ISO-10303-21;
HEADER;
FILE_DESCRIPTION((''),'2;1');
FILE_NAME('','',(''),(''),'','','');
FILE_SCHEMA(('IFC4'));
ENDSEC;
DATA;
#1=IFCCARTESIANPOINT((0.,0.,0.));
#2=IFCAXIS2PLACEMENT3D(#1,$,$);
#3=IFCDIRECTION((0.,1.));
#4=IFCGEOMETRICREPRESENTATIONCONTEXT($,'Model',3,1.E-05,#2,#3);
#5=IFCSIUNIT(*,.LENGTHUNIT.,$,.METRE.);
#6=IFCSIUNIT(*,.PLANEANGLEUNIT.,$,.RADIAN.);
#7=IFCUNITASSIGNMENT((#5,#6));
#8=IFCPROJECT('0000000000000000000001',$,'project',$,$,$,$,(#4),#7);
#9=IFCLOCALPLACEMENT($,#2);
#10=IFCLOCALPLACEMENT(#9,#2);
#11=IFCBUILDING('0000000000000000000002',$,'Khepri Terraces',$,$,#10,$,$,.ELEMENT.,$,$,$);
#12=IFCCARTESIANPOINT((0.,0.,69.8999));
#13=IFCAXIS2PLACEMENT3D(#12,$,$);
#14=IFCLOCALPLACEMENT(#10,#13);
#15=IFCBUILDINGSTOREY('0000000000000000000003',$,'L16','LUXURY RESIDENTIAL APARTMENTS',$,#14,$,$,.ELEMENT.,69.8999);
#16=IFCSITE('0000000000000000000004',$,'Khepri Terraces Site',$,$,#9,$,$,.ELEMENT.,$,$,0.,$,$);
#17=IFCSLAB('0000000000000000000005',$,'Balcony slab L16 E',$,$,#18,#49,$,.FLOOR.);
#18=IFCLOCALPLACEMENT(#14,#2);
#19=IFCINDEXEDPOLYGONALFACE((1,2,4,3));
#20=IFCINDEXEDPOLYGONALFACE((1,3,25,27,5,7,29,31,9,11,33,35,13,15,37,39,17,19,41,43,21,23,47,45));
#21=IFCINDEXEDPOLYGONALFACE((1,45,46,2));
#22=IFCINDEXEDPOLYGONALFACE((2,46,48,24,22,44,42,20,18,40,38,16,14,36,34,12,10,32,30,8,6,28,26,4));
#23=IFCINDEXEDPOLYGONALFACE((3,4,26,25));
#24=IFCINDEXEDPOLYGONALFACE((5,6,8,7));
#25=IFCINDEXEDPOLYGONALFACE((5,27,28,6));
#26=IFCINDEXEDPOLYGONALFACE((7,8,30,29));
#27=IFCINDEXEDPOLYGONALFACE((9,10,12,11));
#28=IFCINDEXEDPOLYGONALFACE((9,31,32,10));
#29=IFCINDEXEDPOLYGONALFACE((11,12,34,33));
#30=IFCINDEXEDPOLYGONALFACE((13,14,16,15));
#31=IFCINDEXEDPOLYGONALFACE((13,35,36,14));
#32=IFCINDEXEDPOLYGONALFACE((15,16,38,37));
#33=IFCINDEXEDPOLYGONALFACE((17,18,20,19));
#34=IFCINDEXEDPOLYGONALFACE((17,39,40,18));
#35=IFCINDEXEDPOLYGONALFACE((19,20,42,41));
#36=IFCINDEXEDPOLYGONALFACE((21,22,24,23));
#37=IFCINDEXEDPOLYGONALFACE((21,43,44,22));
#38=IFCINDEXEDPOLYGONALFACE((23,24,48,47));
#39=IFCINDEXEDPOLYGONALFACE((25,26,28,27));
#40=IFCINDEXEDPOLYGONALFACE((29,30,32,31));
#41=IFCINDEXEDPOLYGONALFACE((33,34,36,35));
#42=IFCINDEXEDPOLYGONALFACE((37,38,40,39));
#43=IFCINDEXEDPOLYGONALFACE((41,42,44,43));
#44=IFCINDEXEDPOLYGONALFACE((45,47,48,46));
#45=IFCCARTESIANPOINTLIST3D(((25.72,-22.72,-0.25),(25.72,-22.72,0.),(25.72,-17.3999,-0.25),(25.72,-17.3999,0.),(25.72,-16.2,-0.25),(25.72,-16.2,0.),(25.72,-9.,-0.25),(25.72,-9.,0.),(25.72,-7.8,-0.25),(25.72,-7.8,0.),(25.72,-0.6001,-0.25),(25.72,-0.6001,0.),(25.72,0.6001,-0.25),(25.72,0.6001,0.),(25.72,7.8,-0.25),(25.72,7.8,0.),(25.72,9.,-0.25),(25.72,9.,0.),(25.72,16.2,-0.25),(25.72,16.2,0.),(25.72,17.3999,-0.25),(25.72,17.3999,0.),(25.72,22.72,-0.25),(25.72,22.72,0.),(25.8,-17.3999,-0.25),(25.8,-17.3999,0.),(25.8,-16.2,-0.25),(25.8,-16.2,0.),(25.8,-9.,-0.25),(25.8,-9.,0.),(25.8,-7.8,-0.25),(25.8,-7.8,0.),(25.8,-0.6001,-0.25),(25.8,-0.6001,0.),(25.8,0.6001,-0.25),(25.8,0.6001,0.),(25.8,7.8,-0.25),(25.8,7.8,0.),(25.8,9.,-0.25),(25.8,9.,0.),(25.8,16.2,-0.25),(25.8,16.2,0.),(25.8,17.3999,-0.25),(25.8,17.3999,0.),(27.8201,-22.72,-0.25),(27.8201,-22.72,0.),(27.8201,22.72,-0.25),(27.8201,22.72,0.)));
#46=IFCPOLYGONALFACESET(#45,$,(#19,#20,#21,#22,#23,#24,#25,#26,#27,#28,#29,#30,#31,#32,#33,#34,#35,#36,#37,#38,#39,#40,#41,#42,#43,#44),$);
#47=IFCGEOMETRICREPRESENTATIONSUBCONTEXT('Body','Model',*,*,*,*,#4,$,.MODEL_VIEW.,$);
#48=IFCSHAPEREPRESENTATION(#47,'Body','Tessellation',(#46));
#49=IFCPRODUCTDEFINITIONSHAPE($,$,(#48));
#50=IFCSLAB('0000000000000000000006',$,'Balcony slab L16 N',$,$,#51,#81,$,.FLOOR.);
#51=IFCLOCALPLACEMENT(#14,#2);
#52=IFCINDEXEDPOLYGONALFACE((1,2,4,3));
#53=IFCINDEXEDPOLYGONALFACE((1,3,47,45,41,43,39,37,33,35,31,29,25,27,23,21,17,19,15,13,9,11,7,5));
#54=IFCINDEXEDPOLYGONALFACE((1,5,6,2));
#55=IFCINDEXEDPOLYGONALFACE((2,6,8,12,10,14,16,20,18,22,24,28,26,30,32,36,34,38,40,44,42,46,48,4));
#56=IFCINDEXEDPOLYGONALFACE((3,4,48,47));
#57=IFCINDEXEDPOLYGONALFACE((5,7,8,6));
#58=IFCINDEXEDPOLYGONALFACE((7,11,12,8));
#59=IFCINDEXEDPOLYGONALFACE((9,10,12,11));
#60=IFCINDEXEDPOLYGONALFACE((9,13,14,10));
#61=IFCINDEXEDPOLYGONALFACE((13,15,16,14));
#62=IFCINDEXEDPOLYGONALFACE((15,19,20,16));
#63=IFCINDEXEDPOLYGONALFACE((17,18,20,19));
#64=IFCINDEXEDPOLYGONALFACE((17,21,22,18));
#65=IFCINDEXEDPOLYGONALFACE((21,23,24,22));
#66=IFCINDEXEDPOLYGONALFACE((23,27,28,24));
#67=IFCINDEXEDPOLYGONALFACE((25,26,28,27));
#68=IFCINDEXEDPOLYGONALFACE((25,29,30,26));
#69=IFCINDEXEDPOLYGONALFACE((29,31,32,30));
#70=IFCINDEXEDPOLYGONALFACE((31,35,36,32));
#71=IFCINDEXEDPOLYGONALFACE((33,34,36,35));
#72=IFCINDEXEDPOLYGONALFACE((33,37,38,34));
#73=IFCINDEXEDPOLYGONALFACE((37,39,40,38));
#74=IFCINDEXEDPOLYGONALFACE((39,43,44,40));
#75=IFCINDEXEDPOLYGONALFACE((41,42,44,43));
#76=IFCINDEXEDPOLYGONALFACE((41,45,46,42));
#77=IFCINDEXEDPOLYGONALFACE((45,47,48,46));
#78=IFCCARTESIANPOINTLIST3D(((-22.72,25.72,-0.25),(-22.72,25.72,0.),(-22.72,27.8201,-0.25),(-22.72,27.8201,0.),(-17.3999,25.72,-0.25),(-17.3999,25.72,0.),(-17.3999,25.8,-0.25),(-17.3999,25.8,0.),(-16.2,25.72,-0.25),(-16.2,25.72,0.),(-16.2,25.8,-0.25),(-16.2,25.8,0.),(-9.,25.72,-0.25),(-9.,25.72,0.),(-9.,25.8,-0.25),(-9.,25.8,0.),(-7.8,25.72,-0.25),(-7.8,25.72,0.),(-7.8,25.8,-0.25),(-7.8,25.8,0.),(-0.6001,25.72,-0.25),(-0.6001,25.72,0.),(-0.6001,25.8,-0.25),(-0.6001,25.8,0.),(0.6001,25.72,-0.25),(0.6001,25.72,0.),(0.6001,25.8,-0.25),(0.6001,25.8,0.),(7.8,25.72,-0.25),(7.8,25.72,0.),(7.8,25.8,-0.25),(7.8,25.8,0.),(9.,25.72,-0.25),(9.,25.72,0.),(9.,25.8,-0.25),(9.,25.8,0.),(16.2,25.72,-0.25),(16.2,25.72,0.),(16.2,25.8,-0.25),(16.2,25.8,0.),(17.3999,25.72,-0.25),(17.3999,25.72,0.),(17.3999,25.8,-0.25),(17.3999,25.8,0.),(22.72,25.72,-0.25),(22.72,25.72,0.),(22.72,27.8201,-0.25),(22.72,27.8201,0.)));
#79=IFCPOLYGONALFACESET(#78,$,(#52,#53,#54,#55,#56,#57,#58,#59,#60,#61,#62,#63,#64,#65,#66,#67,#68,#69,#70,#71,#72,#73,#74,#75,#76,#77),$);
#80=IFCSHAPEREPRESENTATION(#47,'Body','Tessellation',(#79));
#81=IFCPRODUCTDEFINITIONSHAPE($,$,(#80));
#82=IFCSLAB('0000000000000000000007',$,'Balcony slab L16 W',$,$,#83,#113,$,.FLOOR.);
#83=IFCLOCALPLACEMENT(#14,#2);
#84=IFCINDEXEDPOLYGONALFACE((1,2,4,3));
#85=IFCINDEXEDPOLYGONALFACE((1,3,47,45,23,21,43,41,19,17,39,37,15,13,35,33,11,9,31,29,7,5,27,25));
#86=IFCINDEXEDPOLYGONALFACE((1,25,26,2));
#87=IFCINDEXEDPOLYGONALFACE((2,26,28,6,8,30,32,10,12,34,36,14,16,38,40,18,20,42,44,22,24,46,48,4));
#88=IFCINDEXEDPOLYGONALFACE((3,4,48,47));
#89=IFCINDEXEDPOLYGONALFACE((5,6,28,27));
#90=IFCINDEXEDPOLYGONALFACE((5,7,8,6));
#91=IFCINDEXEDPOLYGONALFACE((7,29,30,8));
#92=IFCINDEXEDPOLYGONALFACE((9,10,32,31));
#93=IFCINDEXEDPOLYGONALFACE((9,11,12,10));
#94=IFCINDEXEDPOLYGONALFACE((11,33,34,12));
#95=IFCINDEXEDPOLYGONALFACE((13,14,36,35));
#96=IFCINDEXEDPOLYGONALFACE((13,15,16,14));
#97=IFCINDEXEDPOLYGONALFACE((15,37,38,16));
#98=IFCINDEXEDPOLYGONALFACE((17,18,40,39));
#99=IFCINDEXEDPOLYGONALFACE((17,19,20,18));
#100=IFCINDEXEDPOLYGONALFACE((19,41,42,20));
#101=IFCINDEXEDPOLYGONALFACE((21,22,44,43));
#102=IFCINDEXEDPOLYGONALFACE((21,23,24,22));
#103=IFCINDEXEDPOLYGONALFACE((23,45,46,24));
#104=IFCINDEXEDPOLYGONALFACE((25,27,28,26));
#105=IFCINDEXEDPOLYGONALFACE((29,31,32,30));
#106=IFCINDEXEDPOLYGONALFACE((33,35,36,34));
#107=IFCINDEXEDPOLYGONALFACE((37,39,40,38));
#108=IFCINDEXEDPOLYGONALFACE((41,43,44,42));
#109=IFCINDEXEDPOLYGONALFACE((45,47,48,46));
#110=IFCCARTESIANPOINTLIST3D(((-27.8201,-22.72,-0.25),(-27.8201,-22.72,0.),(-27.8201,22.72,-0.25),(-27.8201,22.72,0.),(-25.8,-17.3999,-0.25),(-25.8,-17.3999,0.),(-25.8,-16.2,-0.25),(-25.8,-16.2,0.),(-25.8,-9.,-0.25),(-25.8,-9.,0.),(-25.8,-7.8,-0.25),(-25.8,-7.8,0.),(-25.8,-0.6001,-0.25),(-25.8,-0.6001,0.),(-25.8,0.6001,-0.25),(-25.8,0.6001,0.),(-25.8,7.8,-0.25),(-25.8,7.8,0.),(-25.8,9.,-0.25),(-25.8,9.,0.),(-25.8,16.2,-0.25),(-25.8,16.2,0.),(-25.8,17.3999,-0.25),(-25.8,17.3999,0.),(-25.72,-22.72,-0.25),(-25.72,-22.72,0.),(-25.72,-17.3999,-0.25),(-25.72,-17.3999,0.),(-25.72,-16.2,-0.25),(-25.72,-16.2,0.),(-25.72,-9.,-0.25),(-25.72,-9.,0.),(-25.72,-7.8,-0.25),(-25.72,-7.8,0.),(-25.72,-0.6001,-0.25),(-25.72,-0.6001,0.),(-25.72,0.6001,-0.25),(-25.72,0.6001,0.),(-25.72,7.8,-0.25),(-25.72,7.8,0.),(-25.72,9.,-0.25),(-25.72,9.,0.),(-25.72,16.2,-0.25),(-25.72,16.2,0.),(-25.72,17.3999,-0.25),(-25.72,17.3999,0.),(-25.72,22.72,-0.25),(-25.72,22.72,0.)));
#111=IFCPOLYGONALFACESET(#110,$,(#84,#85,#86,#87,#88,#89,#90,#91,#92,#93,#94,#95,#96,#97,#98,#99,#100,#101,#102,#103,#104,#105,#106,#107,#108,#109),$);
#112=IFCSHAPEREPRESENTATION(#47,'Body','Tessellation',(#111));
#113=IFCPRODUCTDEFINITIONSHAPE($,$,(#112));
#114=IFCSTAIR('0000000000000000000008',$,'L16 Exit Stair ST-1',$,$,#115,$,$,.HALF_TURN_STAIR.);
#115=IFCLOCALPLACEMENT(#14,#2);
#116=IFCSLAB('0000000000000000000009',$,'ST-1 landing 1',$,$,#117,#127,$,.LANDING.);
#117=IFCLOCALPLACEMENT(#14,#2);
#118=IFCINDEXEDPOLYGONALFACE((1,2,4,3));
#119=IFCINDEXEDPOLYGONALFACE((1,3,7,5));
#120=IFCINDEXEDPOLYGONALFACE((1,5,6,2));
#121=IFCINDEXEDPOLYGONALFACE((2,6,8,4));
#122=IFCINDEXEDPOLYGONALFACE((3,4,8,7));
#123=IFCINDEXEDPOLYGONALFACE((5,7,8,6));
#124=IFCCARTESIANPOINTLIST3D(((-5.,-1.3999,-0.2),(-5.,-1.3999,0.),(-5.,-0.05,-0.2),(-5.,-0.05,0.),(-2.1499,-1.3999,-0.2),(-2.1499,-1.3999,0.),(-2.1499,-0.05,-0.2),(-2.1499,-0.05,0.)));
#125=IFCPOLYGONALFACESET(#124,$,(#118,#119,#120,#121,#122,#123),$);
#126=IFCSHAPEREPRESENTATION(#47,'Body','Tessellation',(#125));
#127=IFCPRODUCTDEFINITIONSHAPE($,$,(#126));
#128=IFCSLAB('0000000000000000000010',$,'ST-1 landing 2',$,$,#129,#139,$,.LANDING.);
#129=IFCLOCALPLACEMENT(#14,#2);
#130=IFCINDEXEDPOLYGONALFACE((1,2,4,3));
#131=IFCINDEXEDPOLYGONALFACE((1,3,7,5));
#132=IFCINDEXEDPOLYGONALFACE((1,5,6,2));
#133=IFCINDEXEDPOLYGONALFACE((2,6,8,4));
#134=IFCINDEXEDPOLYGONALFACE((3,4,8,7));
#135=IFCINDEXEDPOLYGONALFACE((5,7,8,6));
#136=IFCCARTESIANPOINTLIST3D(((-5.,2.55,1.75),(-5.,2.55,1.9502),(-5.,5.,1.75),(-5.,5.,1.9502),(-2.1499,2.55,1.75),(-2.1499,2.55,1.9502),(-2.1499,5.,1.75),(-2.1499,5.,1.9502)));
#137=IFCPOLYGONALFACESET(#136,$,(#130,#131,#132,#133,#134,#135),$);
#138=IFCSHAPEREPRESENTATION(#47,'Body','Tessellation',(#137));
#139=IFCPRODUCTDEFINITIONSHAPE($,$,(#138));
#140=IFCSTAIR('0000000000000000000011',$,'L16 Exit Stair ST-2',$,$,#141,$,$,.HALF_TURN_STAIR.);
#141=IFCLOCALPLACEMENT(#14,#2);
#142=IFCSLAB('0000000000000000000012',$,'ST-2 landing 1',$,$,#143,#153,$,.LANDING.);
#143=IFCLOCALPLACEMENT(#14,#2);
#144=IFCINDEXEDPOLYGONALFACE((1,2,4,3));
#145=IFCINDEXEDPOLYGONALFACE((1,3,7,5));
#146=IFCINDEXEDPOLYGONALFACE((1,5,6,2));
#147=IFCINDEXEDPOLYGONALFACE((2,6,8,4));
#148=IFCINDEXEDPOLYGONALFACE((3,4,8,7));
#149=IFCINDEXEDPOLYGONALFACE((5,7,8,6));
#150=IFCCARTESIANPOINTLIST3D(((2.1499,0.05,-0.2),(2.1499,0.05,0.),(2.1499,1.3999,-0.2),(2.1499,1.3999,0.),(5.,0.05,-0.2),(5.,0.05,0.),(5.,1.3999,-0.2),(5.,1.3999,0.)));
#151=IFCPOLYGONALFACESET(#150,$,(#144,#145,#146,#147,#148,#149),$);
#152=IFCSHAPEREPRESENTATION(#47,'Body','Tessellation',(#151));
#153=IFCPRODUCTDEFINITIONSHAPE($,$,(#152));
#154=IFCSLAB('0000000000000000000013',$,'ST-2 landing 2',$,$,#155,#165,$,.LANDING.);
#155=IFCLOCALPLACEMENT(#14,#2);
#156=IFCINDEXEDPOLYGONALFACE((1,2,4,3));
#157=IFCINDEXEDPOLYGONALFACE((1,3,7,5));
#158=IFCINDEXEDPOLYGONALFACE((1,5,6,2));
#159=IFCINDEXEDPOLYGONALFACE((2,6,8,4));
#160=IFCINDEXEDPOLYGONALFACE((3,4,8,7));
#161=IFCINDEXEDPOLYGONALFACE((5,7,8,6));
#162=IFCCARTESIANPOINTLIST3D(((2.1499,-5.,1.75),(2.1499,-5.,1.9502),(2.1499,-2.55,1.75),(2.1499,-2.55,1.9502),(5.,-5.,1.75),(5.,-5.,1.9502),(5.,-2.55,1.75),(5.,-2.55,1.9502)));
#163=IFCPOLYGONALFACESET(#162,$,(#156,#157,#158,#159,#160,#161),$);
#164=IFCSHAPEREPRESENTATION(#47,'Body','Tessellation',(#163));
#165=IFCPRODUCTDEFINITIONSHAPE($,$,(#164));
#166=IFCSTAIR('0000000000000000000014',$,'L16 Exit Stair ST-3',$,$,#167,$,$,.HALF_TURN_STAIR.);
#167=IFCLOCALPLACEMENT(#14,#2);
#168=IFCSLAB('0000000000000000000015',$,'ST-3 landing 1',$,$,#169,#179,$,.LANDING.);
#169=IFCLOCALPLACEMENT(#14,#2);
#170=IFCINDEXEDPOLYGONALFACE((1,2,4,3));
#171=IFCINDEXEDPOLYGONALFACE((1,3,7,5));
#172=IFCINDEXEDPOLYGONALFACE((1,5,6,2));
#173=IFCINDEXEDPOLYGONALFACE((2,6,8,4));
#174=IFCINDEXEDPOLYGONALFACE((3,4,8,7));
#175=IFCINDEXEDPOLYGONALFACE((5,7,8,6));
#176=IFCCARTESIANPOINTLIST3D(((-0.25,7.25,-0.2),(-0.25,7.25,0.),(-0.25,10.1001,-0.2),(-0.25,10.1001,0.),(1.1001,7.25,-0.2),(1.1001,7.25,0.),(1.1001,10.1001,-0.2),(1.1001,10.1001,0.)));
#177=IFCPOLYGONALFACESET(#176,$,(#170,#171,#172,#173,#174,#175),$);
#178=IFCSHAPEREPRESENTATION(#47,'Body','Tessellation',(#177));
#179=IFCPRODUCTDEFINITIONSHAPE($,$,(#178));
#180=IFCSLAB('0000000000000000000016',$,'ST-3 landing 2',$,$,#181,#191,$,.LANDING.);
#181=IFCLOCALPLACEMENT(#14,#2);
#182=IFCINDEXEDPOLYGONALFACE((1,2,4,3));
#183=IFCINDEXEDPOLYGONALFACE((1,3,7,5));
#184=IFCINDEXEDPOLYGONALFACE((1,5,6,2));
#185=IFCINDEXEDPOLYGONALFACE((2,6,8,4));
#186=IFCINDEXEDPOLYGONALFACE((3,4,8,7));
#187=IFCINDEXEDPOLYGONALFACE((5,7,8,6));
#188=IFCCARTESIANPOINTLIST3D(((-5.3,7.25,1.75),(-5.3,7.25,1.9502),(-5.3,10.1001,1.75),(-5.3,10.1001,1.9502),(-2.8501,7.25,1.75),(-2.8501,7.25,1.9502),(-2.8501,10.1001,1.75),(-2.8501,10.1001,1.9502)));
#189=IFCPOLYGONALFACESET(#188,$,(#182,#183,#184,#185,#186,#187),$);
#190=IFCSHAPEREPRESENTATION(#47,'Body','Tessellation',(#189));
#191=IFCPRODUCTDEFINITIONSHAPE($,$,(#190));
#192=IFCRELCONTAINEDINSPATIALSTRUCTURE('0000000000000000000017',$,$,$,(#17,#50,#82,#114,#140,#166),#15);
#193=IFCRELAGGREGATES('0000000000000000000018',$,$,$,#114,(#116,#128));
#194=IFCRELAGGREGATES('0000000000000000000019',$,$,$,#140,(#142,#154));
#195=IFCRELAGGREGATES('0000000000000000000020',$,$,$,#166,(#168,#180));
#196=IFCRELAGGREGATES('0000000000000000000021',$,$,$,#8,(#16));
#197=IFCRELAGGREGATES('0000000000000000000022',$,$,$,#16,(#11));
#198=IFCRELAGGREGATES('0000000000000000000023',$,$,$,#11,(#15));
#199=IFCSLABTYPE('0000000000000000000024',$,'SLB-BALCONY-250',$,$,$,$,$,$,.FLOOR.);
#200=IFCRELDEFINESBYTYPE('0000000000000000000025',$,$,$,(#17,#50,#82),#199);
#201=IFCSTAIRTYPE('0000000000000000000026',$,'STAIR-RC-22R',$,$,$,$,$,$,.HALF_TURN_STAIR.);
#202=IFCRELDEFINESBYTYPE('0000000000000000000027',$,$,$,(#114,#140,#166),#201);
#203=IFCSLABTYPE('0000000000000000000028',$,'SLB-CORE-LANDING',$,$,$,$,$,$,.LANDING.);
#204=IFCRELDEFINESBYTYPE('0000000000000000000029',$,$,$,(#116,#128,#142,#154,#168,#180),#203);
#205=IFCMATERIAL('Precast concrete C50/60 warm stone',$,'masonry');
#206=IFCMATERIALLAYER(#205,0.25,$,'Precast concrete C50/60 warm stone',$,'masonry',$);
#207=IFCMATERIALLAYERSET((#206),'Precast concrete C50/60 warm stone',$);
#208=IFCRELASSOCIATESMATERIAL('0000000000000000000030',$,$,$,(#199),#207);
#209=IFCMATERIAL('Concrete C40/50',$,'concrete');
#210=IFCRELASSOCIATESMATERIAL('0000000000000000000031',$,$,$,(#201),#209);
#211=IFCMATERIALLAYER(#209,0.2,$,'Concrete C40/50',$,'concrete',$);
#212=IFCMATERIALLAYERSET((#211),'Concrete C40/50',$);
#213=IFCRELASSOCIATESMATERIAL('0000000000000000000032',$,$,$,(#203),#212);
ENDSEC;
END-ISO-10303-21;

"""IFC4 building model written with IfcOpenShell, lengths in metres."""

from ifc_helpers import new_model, si_unit, direction, frame, origin, place, context, subcontext, project, spatial, polyline, outline, extrude, material, layer, layer_set, type_object, element, aggregate, save


model = new_model("IFC4")

# Units and contexts
model_context = context("Model", 3, precision=1e-05, world=origin(), true_north=direction((0.0, 1.0)))
body_context = subcontext(model_context, "Body", "Model", "MODEL_VIEW")
ifc_project = project(units=[si_unit("LENGTHUNIT", "METRE"), si_unit("PLANEANGLEUNIT", "RADIAN")], contexts=[model_context])

# Site, building, storey
site_placement = place(None, origin())
site = spatial("IfcSite", under=ifc_project, at=site_placement, Name="Khepri Terraces Site", CompositionType="ELEMENT", RefElevation=0.0)
building_placement = place(site_placement, origin())
building = spatial("IfcBuilding", under=site, at=building_placement, Name="Khepri Terraces", CompositionType="ELEMENT")
storey_placement = place(building_placement, frame((0.0, 0.0, 69.8999)))
storey = spatial("IfcBuildingStorey", under=building, at=storey_placement, Name="L16", Description="LUXURY RESIDENTIAL APARTMENTS", CompositionType="ELEMENT", Elevation=69.8999)

# Slabs
ifc_material_1 = material(Name="Precast concrete C50/60 warm stone", Category="masonry")
ifc_layer_1 = layer(ifc_material_1, 0.25, Name="Precast concrete C50/60 warm stone", Category="masonry")
ifc_layer_set_1 = layer_set([ifc_layer_1], Name="Precast concrete C50/60 warm stone")
slab_type_1 = type_object("IfcSlabType", Name="SLB-BALCONY-250", PredefinedType="FLOOR", material=ifc_layer_set_1)
slab_1_placement = place(storey_placement, frame((0.0, 0.0, -0.25)))
element("IfcSlab", 1, at=slab_1_placement, inside=storey, type_object=slab_type_1, Name="Balcony slab L16 E", PredefinedType="FLOOR", context=body_context, shape_type="SweptSolid", body=[
    extrude(outline(polyline([(25.72, -17.3999), (25.72, -22.72), (27.8201, -22.72), (27.8201, 22.72), (25.72, 22.72), (25.72, 17.3999), (25.8, 17.3999), (25.8, 16.2), (25.72, 16.2), (25.72, 9.0), (25.8, 9.0), (25.8, 7.8), (25.72, 7.8), (25.72, 0.6001), (25.8, 0.6001), (25.8, -0.6001), (25.72, -0.6001), (25.72, -7.8), (25.8, -7.8), (25.8, -9.0), (25.72, -9.0), (25.72, -16.2), (25.8, -16.2), (25.8, -17.3999), (25.72, -17.3999)])), origin(), (0.0, 0.0, 1.0), 0.25),
])
slab_2_placement = place(storey_placement, frame((0.0, 0.0, -0.25)))
element("IfcSlab", 2, at=slab_2_placement, inside=storey, type_object=slab_type_1, Name="Balcony slab L16 N", PredefinedType="FLOOR", context=body_context, shape_type="SweptSolid", body=[
    extrude(outline(polyline([(17.3999, 25.72), (22.72, 25.72), (22.72, 27.8201), (-22.72, 27.8201), (-22.72, 25.72), (-17.3999, 25.72), (-17.3999, 25.8), (-16.2, 25.8), (-16.2, 25.72), (-9.0, 25.72), (-9.0, 25.8), (-7.8, 25.8), (-7.8, 25.72), (-0.6001, 25.72), (-0.6001, 25.8), (0.6001, 25.8), (0.6001, 25.72), (7.8, 25.72), (7.8, 25.8), (9.0, 25.8), (9.0, 25.72), (16.2, 25.72), (16.2, 25.8), (17.3999, 25.8), (17.3999, 25.72)])), origin(), (0.0, 0.0, 1.0), 0.25),
])
slab_3_placement = place(storey_placement, frame((0.0, 0.0, -0.25)))
element("IfcSlab", 3, at=slab_3_placement, inside=storey, type_object=slab_type_1, Name="Balcony slab L16 W", PredefinedType="FLOOR", context=body_context, shape_type="SweptSolid", body=[
    extrude(outline(polyline([(-25.72, 17.3999), (-25.72, 22.72), (-27.8201, 22.72), (-27.8201, -22.72), (-25.72, -22.72), (-25.72, -17.3999), (-25.8, -17.3999), (-25.8, -16.2), (-25.72, -16.2), (-25.72, -9.0), (-25.8, -9.0), (-25.8, -7.8), (-25.72, -7.8), (-25.72, -0.6001), (-25.8, -0.6001), (-25.8, 0.6001), (-25.72, 0.6001), (-25.72, 7.8), (-25.8, 7.8), (-25.8, 9.0), (-25.72, 9.0), (-25.72, 16.2), (-25.8, 16.2), (-25.8, 17.3999), (-25.72, 17.3999)])), origin(), (0.0, 0.0, 1.0), 0.25),
])

# Stairs, slabs
ifc_material_2 = material(Name="Concrete C40/50", Category="concrete")
stair_type = type_object("IfcStairType", Name="STAIR-RC-22R", PredefinedType="HALF_TURN_STAIR", material=ifc_material_2)
stair_1_placement = place(storey_placement, origin())
stair_1 = element("IfcStair", 4, at=stair_1_placement, inside=storey, type_object=stair_type, Name="L16 Exit Stair ST-1", PredefinedType="HALF_TURN_STAIR")
ifc_layer_2 = layer(ifc_material_2, 0.2, Name="Concrete C40/50", Category="concrete")
ifc_layer_set_2 = layer_set([ifc_layer_2], Name="Concrete C40/50")
slab_type_2 = type_object("IfcSlabType", Name="SLB-CORE-LANDING", PredefinedType="LANDING", material=ifc_layer_set_2)
slab_4_placement = place(storey_placement, frame((0.0, 0.0, -0.2)))
slab_4 = element("IfcSlab", 5, at=slab_4_placement, type_object=slab_type_2, Name="ST-1 landing 1", PredefinedType="LANDING", context=body_context, shape_type="SweptSolid", body=[
    extrude(outline(polyline([(-2.1499, -1.3999), (-2.1499, -0.05), (-5.0, -0.05), (-5.0, -1.3999), (-2.1499, -1.3999)])), origin(), (0.0, 0.0, 1.0), 0.2),
])
slab_5_placement = place(storey_placement, frame((0.0, 0.0, 1.75)))
slab_5 = element("IfcSlab", 6, at=slab_5_placement, type_object=slab_type_2, Name="ST-1 landing 2", PredefinedType="LANDING", context=body_context, shape_type="SweptSolid", body=[
    extrude(outline(polyline([(-2.1499, 2.55), (-2.1499, 5.0), (-5.0, 5.0), (-5.0, 2.55), (-2.1499, 2.55)])), origin(), (0.0, 0.0, 1.0), 0.2002),
])
aggregate(stair_1, [slab_4, slab_5])
stair_2_placement = place(storey_placement, origin())
stair_2 = element("IfcStair", 7, at=stair_2_placement, inside=storey, type_object=stair_type, Name="L16 Exit Stair ST-2", PredefinedType="HALF_TURN_STAIR")
slab_6_placement = place(storey_placement, frame((0.0, 0.0, -0.2)))
slab_6 = element("IfcSlab", 8, at=slab_6_placement, type_object=slab_type_2, Name="ST-2 landing 1", PredefinedType="LANDING", context=body_context, shape_type="SweptSolid", body=[
    extrude(outline(polyline([(2.1499, 1.3999), (2.1499, 0.05), (5.0, 0.05), (5.0, 1.3999), (2.1499, 1.3999)])), origin(), (0.0, 0.0, 1.0), 0.2),
])
slab_7_placement = place(storey_placement, frame((0.0, 0.0, 1.75)))
slab_7 = element("IfcSlab", 9, at=slab_7_placement, type_object=slab_type_2, Name="ST-2 landing 2", PredefinedType="LANDING", context=body_context, shape_type="SweptSolid", body=[
    extrude(outline(polyline([(2.1499, -2.55), (2.1499, -5.0), (5.0, -5.0), (5.0, -2.55), (2.1499, -2.55)])), origin(), (0.0, 0.0, 1.0), 0.2002),
])
aggregate(stair_2, [slab_6, slab_7])
stair_3_placement = place(storey_placement, origin())
stair_3 = element("IfcStair", 10, at=stair_3_placement, inside=storey, type_object=stair_type, Name="L16 Exit Stair ST-3", PredefinedType="HALF_TURN_STAIR")
slab_8_placement = place(storey_placement, frame((0.0, 0.0, -0.2)))
slab_8 = element("IfcSlab", 11, at=slab_8_placement, type_object=slab_type_2, Name="ST-3 landing 1", PredefinedType="LANDING", context=body_context, shape_type="SweptSolid", body=[
    extrude(outline(polyline([(1.1001, 10.1001), (-0.25, 10.1001), (-0.25, 7.25), (1.1001, 7.25), (1.1001, 10.1001)])), origin(), (0.0, 0.0, 1.0), 0.2),
])
slab_9_placement = place(storey_placement, frame((0.0, 0.0, 1.75)))
slab_9 = element("IfcSlab", 12, at=slab_9_placement, type_object=slab_type_2, Name="ST-3 landing 2", PredefinedType="LANDING", context=body_context, shape_type="SweptSolid", body=[
    extrude(outline(polyline([(-2.8501, 10.1001), (-5.3, 10.1001), (-5.3, 7.25), (-2.8501, 7.25), (-2.8501, 10.1001)])), origin(), (0.0, 0.0, 1.0), 0.2002),
])
aggregate(stair_3, [slab_8, slab_9])

save(model, "model.ifc")
